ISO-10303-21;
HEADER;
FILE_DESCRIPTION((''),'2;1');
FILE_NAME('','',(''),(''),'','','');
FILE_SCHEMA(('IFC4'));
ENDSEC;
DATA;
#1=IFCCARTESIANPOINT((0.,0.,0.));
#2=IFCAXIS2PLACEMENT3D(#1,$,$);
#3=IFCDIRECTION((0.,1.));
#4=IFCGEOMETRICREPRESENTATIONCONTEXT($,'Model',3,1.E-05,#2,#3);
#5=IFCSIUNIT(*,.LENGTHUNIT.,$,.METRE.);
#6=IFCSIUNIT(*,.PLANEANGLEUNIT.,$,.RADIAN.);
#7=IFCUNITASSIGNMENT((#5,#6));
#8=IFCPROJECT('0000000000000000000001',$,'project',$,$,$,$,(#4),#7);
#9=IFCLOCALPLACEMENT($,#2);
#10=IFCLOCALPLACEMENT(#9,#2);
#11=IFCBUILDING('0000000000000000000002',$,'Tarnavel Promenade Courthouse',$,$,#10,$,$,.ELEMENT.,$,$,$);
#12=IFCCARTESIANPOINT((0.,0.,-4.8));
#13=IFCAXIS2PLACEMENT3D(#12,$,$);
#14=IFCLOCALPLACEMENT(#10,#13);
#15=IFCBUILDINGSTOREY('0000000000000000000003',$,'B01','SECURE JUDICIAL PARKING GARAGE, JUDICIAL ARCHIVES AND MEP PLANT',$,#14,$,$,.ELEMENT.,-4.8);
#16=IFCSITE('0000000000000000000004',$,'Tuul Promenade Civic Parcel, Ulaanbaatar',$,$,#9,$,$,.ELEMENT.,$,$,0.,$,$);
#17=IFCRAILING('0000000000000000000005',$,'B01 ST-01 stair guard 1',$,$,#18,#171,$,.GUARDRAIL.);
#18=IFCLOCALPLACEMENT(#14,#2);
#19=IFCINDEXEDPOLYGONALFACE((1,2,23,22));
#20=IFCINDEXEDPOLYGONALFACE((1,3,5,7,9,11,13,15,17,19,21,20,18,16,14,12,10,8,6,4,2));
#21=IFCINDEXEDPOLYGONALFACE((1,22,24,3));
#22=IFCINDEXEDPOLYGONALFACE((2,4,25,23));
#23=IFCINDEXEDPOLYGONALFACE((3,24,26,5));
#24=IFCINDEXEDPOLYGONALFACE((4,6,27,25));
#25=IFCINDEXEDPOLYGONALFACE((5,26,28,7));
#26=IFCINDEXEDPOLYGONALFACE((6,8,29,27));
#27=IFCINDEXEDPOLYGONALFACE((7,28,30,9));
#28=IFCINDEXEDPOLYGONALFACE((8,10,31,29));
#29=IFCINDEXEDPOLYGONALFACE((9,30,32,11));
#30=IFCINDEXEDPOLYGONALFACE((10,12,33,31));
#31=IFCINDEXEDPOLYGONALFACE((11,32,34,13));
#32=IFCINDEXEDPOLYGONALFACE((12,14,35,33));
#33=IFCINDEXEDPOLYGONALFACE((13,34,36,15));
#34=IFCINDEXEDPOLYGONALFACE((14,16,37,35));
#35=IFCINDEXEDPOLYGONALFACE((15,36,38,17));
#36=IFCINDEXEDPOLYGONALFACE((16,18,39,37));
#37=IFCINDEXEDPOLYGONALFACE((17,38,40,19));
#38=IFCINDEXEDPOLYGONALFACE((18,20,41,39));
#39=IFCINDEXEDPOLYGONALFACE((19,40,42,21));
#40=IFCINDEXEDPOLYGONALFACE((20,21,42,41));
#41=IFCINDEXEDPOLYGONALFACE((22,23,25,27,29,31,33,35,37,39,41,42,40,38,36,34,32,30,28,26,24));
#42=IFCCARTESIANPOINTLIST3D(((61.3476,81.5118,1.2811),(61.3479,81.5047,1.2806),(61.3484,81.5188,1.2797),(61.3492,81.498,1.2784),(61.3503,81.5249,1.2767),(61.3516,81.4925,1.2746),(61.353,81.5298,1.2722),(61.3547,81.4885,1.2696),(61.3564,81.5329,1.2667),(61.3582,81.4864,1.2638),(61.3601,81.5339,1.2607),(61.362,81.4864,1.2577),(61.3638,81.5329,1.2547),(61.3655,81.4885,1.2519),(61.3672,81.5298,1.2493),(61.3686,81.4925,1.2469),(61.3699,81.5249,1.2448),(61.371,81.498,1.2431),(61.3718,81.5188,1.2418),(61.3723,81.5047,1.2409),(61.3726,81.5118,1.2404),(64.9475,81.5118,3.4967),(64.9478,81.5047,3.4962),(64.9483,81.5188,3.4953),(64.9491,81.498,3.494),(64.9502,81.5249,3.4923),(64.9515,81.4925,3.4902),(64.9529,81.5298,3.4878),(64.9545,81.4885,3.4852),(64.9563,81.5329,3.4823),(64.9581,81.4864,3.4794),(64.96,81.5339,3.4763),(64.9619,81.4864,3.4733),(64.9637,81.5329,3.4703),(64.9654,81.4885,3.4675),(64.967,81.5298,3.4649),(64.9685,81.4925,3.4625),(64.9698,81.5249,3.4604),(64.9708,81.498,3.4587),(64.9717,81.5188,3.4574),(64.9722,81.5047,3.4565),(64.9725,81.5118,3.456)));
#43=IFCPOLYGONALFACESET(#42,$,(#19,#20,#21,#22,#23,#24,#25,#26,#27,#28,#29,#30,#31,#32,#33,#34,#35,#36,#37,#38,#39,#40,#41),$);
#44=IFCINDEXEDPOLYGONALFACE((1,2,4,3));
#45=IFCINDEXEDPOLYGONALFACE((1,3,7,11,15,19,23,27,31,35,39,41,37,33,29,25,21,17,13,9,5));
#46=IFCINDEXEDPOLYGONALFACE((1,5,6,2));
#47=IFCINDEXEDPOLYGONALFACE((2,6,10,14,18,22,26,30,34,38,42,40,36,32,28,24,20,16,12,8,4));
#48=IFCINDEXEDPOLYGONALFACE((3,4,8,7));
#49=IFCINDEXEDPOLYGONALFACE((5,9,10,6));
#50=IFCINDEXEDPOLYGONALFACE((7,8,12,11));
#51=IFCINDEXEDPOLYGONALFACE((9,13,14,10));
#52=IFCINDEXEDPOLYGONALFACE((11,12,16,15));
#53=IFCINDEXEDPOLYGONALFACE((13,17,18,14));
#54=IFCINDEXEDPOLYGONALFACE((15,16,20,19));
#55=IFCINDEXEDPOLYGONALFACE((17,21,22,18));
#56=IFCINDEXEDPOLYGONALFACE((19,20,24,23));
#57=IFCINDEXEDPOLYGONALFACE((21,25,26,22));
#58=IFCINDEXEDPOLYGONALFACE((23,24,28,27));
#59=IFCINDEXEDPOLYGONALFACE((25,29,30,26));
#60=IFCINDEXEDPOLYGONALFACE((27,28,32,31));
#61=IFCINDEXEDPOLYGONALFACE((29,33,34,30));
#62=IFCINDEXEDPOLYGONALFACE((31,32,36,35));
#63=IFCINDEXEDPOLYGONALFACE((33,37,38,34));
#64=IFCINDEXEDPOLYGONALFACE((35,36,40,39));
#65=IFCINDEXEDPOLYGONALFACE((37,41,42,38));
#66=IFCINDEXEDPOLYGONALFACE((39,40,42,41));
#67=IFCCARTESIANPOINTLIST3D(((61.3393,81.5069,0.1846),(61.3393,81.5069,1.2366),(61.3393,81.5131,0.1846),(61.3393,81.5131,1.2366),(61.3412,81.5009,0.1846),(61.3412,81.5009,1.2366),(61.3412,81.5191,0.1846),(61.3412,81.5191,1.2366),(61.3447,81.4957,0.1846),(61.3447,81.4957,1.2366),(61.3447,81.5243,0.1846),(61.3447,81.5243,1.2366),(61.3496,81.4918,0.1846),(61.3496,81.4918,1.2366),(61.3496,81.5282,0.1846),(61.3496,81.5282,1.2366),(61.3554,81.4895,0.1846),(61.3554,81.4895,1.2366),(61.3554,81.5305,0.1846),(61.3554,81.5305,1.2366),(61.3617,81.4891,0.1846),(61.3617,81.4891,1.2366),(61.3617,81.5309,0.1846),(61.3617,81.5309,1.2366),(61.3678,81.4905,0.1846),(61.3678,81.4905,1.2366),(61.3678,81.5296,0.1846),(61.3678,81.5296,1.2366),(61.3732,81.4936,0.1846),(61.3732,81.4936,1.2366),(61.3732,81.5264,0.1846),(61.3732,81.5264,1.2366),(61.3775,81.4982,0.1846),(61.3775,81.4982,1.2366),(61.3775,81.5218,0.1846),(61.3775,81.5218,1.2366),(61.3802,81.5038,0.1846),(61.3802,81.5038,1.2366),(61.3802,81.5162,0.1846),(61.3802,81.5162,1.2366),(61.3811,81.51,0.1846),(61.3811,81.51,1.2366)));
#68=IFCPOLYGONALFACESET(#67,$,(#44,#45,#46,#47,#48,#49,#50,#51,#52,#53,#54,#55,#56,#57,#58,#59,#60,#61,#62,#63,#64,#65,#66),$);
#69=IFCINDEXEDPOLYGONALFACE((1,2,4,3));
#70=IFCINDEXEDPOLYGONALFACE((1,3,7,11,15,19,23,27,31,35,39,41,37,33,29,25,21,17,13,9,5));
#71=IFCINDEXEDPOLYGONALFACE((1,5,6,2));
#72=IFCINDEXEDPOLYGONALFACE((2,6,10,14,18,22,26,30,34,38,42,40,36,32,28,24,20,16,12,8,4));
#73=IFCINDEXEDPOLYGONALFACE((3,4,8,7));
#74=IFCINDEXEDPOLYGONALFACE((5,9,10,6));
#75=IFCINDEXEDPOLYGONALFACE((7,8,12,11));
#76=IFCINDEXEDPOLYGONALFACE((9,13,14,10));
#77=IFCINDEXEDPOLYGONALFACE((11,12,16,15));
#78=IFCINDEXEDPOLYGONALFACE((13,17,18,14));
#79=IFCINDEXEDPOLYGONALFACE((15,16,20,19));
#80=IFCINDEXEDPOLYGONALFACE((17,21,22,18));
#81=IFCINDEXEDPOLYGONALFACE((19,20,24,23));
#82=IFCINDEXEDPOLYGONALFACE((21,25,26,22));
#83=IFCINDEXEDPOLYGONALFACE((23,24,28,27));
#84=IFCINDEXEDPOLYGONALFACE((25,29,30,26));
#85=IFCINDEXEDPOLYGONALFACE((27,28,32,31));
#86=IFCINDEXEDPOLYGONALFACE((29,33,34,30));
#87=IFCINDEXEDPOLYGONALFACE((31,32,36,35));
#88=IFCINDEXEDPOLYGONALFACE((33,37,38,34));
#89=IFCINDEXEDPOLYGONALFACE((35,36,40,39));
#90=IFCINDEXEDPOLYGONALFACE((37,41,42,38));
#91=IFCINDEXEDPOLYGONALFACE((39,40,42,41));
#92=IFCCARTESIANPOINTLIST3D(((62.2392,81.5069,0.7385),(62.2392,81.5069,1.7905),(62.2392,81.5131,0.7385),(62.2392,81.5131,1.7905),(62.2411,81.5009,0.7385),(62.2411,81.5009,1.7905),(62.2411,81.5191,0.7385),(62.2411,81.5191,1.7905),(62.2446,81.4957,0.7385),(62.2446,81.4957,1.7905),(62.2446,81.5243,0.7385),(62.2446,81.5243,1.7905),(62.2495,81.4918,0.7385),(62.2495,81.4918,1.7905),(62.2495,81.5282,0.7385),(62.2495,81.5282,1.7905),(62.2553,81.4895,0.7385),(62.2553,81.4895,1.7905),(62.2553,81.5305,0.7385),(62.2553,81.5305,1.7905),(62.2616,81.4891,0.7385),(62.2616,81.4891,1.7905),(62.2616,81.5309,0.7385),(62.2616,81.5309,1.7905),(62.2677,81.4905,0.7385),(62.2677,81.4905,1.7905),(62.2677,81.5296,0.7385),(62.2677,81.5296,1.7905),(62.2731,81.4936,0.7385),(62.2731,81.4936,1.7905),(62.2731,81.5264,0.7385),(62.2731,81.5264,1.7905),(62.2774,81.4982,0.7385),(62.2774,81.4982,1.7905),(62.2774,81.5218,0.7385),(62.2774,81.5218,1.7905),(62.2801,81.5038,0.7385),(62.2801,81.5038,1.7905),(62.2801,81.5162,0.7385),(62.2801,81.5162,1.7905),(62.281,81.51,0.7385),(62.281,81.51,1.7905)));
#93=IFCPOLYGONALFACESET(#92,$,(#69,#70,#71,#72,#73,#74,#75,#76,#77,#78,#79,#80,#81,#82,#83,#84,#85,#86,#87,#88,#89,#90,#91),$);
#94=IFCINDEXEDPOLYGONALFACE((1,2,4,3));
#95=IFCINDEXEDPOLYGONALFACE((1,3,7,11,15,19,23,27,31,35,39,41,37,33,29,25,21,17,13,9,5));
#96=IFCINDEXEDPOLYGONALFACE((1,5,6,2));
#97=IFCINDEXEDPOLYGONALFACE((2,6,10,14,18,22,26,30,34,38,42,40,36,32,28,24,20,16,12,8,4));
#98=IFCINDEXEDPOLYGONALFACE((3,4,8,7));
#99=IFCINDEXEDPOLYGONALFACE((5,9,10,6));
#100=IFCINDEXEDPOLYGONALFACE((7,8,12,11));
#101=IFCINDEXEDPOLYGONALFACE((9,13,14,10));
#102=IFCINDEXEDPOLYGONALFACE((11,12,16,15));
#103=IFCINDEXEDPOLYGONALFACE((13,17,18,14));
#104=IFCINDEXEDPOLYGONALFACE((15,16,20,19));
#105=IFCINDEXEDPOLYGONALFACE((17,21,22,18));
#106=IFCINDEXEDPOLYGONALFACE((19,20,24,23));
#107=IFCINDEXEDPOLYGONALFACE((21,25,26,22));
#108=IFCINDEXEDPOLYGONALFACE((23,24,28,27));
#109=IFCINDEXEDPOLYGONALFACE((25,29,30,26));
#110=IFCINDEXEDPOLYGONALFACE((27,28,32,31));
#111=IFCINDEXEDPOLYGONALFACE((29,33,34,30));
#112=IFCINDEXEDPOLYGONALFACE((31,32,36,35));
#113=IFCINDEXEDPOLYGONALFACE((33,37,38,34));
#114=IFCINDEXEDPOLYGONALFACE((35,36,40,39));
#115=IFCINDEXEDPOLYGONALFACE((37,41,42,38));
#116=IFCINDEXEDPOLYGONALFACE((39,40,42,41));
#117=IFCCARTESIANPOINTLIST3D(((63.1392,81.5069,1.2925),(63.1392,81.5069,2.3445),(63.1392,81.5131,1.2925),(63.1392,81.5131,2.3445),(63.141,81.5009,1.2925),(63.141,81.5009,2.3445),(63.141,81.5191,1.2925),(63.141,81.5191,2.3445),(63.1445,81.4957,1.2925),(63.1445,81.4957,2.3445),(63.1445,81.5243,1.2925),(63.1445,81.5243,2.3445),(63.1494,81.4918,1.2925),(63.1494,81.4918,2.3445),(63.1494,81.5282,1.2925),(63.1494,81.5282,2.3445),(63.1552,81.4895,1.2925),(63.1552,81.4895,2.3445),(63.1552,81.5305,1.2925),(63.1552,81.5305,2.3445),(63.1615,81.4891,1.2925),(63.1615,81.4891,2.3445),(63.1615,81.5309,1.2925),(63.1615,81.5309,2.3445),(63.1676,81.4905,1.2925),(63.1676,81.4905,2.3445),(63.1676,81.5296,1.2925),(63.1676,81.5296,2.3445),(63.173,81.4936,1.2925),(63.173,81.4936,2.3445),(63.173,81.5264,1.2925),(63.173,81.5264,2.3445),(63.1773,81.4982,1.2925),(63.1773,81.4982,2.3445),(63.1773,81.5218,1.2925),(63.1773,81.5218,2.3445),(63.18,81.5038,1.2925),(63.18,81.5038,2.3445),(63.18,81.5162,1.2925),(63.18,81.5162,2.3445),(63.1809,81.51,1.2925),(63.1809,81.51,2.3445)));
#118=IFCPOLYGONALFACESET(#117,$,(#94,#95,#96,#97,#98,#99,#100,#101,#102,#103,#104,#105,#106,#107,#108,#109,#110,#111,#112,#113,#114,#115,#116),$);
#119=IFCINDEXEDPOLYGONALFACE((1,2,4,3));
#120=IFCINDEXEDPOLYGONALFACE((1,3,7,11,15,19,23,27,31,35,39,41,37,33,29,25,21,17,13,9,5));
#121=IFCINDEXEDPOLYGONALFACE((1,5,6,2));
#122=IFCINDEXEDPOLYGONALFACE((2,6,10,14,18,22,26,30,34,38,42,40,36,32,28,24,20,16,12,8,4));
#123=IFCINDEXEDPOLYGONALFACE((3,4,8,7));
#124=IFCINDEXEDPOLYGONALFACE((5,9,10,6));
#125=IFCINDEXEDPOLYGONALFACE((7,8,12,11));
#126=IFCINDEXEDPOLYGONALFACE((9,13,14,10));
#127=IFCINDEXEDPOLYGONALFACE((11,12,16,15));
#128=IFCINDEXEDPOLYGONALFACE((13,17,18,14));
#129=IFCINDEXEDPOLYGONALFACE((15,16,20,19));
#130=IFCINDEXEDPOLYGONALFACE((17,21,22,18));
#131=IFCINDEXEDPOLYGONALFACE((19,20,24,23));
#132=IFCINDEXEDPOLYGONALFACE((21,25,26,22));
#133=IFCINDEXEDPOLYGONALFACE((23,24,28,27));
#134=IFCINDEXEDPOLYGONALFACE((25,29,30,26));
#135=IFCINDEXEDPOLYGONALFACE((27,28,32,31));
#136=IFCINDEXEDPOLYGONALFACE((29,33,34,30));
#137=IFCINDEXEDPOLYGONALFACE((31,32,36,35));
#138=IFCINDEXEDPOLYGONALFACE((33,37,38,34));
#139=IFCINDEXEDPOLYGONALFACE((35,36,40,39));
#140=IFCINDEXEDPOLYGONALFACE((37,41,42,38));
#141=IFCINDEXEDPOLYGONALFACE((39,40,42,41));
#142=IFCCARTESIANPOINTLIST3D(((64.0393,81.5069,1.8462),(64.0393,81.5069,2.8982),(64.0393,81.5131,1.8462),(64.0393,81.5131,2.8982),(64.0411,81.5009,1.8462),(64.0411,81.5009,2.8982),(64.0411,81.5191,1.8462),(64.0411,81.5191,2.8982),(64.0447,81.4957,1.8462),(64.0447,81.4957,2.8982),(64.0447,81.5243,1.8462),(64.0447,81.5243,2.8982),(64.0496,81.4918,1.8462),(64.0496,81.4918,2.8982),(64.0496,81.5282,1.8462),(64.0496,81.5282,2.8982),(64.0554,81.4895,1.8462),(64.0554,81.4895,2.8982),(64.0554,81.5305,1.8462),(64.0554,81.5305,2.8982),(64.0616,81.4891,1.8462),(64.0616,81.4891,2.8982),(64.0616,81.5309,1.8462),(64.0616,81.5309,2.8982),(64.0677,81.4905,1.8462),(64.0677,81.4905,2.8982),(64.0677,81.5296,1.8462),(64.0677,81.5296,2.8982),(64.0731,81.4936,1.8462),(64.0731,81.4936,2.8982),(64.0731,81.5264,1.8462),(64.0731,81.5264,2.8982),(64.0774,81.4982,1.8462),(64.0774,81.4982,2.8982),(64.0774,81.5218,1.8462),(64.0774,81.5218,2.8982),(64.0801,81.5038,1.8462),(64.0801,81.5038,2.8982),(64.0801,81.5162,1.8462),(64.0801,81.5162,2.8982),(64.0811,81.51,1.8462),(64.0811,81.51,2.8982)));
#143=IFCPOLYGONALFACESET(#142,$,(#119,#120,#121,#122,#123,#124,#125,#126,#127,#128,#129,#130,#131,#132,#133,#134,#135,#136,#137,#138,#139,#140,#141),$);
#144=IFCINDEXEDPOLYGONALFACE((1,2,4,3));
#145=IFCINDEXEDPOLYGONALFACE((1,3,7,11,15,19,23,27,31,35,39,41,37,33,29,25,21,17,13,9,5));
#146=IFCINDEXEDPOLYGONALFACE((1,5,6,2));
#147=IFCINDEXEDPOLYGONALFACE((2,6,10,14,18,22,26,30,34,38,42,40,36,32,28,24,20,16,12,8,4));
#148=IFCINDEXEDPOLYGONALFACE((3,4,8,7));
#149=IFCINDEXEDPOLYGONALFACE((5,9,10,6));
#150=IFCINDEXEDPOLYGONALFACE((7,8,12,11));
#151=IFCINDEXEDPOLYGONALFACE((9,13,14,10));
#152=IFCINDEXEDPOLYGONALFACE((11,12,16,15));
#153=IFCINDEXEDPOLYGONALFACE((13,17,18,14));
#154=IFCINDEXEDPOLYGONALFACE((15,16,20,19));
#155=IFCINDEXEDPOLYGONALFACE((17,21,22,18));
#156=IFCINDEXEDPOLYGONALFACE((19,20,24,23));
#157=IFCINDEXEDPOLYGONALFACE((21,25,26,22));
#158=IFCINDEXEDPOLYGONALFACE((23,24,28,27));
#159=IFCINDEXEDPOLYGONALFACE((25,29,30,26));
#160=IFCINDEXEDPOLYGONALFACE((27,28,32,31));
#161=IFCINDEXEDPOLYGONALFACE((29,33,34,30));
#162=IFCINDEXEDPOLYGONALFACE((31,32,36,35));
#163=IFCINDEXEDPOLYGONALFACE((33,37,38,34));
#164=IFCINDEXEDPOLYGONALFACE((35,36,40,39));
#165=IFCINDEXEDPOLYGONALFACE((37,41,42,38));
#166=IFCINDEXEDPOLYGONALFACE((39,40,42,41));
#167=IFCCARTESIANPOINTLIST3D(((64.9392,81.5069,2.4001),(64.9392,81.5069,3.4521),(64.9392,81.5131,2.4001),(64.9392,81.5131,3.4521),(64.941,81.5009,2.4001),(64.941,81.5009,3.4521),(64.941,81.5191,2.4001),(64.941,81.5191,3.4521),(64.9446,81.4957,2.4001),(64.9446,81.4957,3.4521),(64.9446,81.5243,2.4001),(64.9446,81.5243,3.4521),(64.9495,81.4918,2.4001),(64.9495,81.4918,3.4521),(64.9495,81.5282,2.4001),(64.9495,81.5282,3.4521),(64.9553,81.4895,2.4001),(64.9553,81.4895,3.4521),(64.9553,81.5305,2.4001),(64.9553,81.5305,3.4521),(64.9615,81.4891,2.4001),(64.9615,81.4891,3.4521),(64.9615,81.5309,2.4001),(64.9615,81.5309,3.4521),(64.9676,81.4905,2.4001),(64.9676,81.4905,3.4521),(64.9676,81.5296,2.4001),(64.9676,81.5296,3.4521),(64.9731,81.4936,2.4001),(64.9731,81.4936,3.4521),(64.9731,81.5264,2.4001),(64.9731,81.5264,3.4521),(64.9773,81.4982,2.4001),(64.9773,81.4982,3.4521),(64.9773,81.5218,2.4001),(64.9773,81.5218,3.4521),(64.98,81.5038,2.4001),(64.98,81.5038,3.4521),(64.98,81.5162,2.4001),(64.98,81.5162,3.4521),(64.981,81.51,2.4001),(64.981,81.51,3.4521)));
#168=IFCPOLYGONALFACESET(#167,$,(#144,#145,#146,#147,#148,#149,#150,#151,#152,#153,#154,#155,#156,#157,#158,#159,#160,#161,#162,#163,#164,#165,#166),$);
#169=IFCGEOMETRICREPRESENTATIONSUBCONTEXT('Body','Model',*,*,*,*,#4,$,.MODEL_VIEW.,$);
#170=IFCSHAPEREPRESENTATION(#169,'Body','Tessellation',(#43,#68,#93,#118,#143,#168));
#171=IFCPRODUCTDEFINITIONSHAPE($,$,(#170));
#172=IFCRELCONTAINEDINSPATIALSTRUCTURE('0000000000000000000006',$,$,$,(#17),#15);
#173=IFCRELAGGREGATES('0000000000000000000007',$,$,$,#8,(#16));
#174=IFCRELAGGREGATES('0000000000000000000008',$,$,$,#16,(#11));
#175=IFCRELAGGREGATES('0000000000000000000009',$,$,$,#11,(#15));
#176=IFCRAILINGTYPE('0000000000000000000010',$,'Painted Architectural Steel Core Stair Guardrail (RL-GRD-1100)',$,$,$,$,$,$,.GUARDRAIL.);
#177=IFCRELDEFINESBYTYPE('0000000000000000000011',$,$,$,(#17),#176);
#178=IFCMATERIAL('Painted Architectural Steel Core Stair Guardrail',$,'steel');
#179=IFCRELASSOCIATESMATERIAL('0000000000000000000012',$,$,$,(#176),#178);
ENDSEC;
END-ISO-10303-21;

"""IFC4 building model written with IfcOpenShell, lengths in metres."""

from ifc_helpers import new_model, si_unit, direction, frame, origin, origin_2d, place, context, subcontext, project, spatial, circle, extrude, material, type_object, element, save


model = new_model("IFC4")

# Units and contexts
model_context = context("Model", 3, precision=1e-05, world=origin(), true_north=direction((0.0, 1.0)))
body_context = subcontext(model_context, "Body", "Model", "MODEL_VIEW")
ifc_project = project(units=[si_unit("LENGTHUNIT", "METRE"), si_unit("PLANEANGLEUNIT", "RADIAN")], contexts=[model_context])

# Site, building, storey
site_placement = place(None, origin())
site = spatial("IfcSite", under=ifc_project, at=site_placement, Name="Tuul Promenade Civic Parcel, Ulaanbaatar", CompositionType="ELEMENT", RefElevation=0.0)
building_placement = place(site_placement, origin())
building = spatial("IfcBuilding", under=site, at=building_placement, Name="Tarnavel Promenade Courthouse", CompositionType="ELEMENT")
storey_placement = place(building_placement, frame((0.0, 0.0, -4.8)))
storey = spatial("IfcBuildingStorey", under=building, at=storey_placement, Name="B01", Description="SECURE JUDICIAL PARKING GARAGE, JUDICIAL ARCHIVES AND MEP PLANT", CompositionType="ELEMENT", Elevation=-4.8)

# Railing
ifc_material_1 = material(Name="Painted Architectural Steel Core Stair Guardrail", Category="steel")
railing_type_1 = type_object("IfcRailingType", Name="Painted Architectural Steel Core Stair Guardrail (RL-GRD-1100)", PredefinedType="GUARDRAIL", material=ifc_material_1)
railing_1_placement = place(storey_placement, frame((61.3601, 81.51, 0.1846)))
element("IfcRailing", 1, at=railing_1_placement, inside=storey, type_object=railing_type_1, Name="B01 ST-01 stair guard 1", PredefinedType="GUARDRAIL", context=body_context, shape_type="SweptSolid", body=[
    extrude(circle(Radius=0.0239, at=origin_2d()), frame((0.0, 0.0, 1.0762), z_axis=(0.851629, 0.0, 0.524146), x_axis=(0.0, 1.0, 0.0)), (0.0, 0.0, 1.0), 4.2271),
    extrude(circle(Radius=0.021, at=origin_2d()), origin(), (0.0, 0.0, 1.0), 1.052),
    extrude(circle(Radius=0.021, at=origin_2d()), frame((0.8999, 0.0, 0.554)), (0.0, 0.0, 1.0), 1.052),
    extrude(circle(Radius=0.021, at=origin_2d()), frame((1.7998, 0.0, 1.1079)), (0.0, 0.0, 1.0), 1.052),
    extrude(circle(Radius=0.021, at=origin_2d()), frame((2.7, 0.0, 1.6616)), (0.0, 0.0, 1.0), 1.052),
    extrude(circle(Radius=0.021, at=origin_2d()), frame((3.5999, 0.0, 2.2156)), (0.0, 0.0, 1.0), 1.052),
])

save(model, "model.ifc")
